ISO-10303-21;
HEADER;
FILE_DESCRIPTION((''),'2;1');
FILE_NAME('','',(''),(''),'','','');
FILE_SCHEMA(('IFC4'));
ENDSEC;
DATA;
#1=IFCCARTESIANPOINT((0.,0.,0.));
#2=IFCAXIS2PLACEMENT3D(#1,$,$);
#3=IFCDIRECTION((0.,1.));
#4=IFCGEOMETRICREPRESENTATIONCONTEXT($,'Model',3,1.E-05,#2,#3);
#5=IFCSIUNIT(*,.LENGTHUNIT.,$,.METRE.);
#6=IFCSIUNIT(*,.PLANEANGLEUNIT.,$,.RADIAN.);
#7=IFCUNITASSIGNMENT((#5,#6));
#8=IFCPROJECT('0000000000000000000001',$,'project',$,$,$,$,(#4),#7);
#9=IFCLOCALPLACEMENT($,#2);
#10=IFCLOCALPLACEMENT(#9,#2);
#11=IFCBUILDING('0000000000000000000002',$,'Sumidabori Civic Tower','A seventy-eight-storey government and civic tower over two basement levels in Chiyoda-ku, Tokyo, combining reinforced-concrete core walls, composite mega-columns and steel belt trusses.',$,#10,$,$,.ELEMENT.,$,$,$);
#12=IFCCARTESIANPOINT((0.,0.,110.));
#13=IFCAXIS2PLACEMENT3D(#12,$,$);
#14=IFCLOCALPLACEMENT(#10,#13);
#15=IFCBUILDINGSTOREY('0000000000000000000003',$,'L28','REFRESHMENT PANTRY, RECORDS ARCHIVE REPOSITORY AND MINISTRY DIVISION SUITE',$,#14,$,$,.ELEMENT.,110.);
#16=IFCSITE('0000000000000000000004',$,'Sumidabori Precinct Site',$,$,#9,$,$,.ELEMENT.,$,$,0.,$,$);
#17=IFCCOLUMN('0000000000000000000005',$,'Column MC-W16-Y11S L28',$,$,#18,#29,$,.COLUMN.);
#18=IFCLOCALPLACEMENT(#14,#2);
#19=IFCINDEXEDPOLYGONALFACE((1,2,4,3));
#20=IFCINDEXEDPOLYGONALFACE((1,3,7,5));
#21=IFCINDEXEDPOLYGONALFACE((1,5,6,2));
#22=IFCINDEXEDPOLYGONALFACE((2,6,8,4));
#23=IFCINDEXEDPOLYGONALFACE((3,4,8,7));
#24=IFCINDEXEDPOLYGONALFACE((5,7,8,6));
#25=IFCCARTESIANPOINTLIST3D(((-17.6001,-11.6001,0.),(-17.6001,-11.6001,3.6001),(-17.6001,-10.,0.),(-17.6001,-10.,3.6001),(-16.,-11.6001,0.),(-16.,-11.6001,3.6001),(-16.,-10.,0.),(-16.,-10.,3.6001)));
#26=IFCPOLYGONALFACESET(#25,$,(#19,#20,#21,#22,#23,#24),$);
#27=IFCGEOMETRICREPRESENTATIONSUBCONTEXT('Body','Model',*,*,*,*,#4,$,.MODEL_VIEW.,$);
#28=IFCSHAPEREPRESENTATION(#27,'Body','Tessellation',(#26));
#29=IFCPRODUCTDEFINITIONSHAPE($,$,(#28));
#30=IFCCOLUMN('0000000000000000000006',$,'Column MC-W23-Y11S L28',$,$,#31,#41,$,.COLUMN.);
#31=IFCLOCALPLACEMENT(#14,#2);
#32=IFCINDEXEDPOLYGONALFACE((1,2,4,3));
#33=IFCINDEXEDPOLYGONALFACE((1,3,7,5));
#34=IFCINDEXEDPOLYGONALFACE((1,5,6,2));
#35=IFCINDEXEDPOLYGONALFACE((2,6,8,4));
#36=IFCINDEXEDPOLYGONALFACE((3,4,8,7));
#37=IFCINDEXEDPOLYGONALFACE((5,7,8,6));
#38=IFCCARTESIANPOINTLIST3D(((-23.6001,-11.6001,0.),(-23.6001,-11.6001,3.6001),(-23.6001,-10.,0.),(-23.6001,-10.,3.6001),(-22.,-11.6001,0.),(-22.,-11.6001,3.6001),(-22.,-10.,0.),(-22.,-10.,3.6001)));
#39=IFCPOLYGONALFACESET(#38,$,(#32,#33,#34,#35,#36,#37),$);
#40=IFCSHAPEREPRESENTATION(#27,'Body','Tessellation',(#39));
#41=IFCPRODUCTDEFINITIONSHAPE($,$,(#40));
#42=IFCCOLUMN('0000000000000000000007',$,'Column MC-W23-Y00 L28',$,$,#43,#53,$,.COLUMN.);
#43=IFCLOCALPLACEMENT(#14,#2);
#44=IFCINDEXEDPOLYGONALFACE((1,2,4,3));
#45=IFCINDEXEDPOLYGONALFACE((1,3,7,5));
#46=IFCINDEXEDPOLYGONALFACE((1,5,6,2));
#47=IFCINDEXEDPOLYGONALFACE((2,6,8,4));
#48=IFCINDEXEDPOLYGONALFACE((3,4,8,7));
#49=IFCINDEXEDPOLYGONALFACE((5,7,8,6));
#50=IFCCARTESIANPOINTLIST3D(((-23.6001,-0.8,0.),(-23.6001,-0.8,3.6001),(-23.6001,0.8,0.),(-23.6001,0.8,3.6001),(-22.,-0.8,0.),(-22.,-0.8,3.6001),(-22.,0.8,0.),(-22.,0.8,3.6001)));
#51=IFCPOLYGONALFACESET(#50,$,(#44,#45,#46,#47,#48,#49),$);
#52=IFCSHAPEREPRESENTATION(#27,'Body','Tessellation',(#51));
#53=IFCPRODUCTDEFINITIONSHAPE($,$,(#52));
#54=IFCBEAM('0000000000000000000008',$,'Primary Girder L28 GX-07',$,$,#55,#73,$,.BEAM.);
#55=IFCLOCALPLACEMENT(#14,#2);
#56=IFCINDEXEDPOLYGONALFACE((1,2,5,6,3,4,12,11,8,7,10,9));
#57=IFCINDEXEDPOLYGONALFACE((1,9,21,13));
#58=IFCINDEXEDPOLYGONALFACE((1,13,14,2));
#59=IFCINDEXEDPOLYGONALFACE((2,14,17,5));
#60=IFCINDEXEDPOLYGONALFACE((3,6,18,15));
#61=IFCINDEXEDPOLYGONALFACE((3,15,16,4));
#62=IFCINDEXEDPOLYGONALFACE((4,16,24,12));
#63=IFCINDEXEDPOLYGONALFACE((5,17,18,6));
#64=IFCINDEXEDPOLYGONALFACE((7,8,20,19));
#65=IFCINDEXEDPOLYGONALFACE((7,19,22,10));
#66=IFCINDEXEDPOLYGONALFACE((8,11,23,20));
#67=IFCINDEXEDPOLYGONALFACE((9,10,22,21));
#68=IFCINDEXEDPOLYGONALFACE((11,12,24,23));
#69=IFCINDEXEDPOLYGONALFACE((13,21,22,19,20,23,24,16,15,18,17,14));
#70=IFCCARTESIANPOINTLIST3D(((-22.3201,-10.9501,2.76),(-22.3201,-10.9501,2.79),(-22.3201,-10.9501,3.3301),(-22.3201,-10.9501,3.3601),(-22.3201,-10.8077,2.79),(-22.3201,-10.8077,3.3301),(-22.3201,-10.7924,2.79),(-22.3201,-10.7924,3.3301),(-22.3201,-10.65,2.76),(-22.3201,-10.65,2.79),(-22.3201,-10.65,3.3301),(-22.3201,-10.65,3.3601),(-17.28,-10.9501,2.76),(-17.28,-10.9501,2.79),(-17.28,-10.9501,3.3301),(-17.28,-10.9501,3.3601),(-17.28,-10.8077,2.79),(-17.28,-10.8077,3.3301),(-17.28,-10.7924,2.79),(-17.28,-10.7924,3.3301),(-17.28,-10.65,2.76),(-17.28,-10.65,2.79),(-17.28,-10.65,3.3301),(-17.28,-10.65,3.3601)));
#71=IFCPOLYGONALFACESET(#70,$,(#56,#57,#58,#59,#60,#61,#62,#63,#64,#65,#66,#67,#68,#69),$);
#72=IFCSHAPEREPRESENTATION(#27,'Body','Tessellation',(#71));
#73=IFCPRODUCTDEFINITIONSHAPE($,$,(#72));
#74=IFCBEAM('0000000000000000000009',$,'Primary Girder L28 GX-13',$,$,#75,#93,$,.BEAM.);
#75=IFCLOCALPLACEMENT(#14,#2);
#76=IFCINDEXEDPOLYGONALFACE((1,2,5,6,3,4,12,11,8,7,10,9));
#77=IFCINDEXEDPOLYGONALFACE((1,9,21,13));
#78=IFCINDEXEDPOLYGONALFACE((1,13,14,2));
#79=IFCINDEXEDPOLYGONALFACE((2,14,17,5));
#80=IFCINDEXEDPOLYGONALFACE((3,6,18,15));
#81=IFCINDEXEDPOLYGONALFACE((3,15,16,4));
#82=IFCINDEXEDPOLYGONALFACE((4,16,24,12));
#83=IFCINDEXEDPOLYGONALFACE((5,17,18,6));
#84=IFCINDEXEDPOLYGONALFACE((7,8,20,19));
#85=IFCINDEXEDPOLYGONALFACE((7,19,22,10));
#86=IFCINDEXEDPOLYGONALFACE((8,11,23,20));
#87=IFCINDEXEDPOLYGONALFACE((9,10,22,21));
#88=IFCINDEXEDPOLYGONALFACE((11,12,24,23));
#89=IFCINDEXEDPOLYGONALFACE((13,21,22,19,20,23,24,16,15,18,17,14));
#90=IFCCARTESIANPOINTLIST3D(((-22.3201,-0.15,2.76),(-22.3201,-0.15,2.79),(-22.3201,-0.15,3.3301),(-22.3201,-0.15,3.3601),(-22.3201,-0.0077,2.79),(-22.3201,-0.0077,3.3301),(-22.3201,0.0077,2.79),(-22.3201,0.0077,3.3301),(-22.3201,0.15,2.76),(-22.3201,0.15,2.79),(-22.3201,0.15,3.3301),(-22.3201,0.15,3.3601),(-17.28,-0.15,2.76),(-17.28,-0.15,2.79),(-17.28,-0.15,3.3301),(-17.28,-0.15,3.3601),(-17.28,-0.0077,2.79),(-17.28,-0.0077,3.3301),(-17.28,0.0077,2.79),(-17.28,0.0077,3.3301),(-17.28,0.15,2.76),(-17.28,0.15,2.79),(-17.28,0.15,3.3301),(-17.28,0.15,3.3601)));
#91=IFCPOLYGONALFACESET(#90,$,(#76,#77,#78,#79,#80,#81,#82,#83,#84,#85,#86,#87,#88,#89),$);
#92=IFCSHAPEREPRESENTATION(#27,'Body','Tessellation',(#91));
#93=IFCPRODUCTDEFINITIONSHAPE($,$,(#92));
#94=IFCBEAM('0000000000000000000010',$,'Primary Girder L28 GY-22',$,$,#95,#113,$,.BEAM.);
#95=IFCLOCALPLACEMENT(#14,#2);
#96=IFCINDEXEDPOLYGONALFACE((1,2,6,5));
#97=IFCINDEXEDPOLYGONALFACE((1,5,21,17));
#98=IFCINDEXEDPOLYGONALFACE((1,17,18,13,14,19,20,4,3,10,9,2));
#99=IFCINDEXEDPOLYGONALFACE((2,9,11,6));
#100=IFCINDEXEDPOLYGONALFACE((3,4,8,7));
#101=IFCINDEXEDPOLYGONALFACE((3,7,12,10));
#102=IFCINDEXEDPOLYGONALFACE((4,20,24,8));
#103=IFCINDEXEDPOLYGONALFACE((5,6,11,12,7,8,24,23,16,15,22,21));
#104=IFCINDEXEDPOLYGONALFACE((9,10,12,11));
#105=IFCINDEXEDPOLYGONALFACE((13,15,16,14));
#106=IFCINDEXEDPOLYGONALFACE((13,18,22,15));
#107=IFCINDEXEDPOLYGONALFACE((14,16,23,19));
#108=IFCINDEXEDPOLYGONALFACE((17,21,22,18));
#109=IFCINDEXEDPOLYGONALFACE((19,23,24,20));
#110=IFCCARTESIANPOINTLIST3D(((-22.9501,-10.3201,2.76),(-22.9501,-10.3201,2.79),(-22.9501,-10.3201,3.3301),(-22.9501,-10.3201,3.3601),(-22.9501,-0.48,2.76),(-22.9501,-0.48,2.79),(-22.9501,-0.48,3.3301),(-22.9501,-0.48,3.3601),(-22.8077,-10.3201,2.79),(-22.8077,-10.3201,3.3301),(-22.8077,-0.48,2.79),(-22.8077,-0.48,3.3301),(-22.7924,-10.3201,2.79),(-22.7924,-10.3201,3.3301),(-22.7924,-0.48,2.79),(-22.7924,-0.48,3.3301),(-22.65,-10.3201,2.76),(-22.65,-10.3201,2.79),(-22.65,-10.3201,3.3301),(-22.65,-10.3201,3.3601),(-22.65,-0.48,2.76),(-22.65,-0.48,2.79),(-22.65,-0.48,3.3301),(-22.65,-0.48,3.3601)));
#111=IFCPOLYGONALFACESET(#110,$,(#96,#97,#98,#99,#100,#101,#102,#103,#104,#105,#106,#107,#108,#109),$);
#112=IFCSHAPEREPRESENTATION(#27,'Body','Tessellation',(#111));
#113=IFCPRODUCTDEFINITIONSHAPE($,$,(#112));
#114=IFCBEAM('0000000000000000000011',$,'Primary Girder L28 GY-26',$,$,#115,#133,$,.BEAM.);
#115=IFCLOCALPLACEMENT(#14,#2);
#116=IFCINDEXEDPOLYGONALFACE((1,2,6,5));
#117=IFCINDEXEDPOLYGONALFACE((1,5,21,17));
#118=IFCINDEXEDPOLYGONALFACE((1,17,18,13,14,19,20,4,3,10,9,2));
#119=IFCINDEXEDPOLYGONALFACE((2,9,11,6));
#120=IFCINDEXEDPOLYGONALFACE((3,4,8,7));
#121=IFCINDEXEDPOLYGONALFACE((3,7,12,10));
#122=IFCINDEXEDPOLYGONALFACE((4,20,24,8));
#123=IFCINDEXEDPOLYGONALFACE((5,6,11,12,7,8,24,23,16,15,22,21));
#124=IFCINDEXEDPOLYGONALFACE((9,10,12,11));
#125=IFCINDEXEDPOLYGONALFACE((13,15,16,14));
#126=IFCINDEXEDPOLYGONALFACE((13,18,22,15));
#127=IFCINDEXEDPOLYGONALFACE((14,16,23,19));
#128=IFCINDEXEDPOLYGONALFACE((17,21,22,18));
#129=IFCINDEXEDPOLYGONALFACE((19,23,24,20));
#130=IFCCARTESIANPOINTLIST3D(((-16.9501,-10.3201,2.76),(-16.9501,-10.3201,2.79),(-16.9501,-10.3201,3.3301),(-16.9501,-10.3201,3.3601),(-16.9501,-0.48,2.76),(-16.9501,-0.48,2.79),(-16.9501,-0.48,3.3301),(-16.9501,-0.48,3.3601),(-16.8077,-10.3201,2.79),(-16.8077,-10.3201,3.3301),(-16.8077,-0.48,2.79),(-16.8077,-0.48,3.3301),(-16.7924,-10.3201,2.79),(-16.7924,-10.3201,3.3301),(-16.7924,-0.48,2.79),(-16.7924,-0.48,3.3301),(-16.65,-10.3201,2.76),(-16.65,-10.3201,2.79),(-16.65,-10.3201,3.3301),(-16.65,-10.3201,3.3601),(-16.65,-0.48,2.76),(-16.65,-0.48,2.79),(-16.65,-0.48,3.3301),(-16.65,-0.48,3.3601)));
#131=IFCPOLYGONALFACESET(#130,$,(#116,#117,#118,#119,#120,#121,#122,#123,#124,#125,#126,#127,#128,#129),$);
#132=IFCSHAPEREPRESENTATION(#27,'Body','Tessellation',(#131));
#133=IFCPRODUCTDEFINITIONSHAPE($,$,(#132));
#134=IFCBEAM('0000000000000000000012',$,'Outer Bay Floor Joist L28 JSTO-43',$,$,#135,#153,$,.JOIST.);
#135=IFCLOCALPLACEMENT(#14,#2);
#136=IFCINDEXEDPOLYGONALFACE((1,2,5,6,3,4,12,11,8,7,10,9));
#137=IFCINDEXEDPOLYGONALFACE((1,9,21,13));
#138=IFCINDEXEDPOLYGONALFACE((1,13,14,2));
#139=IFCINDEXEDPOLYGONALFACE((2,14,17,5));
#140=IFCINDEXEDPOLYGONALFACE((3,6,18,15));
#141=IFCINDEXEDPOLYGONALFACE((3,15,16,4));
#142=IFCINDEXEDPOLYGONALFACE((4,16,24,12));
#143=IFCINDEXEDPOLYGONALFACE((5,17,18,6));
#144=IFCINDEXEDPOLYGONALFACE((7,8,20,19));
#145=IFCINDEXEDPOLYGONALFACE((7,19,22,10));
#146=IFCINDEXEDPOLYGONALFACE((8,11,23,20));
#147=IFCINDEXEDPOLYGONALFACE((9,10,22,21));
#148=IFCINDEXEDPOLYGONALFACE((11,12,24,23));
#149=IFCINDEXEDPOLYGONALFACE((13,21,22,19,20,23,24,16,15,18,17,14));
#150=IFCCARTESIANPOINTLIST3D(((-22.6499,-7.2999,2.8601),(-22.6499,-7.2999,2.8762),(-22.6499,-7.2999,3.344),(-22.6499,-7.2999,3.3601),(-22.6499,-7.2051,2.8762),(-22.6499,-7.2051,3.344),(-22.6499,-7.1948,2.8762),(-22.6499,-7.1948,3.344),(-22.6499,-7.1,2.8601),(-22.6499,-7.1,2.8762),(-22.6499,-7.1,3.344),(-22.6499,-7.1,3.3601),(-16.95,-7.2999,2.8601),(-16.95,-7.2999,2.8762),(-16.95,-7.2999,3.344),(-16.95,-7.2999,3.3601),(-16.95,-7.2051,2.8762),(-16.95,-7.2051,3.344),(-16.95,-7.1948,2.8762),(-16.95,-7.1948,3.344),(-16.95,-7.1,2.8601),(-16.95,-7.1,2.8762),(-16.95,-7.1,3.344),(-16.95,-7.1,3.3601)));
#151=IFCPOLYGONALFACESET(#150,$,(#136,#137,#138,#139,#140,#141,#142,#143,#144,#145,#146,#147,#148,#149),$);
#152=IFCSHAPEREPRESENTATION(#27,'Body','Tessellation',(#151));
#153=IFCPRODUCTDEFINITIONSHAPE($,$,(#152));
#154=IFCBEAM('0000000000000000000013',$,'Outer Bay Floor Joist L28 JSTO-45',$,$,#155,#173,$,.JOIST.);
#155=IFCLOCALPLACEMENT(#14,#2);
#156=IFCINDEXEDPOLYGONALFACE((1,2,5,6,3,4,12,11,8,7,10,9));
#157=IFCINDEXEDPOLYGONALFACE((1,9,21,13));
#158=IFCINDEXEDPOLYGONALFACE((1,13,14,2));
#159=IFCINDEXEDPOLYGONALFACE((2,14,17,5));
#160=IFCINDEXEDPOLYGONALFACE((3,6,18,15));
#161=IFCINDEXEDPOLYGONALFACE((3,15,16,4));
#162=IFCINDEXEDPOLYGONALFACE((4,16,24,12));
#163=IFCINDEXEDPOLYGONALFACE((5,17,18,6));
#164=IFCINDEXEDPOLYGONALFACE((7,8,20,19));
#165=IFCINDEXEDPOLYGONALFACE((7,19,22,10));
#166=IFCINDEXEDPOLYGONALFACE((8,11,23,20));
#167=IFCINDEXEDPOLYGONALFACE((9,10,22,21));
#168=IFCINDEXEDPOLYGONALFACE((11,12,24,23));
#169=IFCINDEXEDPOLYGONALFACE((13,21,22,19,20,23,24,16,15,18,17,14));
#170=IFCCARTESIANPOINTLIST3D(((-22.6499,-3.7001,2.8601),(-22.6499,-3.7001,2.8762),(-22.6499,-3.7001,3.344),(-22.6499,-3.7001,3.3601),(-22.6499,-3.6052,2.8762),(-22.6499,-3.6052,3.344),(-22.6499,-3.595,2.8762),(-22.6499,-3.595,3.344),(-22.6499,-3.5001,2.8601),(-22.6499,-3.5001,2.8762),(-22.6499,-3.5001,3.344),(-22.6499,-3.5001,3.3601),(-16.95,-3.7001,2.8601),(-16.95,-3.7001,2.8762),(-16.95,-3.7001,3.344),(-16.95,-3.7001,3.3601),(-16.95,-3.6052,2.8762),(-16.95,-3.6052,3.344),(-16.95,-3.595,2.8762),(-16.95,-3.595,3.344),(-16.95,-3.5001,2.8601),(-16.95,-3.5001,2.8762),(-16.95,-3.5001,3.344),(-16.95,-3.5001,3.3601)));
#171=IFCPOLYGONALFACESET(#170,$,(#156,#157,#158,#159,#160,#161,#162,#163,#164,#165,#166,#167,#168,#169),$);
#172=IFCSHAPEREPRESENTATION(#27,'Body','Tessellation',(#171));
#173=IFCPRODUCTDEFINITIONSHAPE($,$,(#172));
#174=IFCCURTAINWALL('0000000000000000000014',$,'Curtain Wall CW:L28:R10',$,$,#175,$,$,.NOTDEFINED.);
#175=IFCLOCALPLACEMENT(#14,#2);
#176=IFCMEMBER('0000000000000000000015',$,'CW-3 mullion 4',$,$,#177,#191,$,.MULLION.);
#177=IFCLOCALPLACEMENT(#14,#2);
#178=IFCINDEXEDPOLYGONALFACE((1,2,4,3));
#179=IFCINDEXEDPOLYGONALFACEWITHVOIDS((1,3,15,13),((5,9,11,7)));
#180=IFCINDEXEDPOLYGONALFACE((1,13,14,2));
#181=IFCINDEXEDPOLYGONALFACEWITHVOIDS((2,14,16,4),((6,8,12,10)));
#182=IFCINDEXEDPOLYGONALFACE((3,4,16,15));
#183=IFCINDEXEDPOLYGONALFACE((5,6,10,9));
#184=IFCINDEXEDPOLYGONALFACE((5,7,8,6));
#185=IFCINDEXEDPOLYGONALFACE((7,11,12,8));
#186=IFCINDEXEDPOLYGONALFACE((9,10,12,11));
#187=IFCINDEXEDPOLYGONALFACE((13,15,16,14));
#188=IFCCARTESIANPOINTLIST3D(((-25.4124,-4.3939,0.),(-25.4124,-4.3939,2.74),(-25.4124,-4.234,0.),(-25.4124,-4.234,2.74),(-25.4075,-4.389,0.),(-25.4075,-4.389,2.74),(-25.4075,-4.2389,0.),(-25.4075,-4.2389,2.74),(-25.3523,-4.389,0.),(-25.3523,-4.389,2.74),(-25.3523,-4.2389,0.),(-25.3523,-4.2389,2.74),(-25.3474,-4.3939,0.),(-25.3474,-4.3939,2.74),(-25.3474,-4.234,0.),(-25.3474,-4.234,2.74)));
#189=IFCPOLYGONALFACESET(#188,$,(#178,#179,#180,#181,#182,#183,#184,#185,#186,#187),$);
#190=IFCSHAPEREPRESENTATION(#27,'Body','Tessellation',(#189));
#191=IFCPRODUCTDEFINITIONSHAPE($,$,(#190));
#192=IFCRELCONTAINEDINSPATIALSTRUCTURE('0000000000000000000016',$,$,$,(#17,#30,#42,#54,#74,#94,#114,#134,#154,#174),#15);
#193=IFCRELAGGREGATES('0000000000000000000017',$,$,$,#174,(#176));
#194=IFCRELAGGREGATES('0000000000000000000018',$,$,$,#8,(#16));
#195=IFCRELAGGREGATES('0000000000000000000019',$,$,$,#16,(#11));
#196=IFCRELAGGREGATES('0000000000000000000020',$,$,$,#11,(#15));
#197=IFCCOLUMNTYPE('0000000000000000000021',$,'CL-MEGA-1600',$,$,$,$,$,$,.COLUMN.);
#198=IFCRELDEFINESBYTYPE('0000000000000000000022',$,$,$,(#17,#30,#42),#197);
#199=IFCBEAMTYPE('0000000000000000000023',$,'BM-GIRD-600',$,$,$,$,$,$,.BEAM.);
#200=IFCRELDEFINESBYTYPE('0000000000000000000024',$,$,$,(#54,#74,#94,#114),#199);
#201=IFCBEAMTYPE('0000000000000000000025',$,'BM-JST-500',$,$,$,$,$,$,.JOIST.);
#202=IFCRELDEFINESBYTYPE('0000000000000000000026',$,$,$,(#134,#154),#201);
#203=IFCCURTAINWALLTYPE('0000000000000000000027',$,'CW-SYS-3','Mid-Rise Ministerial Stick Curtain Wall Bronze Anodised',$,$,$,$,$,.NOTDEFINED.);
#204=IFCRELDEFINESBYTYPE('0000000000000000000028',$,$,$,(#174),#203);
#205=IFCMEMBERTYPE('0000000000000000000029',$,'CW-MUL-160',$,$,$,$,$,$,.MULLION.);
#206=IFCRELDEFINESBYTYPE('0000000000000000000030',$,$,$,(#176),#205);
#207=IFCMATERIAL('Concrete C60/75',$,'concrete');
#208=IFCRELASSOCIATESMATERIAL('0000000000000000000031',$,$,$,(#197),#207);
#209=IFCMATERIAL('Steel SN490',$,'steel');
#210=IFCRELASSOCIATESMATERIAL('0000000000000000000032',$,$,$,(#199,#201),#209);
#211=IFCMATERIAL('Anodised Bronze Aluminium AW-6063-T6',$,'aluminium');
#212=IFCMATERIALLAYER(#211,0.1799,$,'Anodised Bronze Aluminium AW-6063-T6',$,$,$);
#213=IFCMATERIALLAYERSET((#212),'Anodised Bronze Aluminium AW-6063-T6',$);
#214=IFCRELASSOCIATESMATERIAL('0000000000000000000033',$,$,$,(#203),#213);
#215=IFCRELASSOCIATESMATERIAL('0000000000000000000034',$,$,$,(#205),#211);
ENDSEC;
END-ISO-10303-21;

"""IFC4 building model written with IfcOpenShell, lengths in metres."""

from ifc_helpers import new_model, si_unit, direction, frame, origin, origin_2d, place, context, subcontext, project, spatial, rectangle, hollow_rectangle, i_section, extrude, source, transform, mapped, material, layer, layer_set, material_profile, profile_set, type_object, element, aggregate, save


model = new_model("IFC4")

# Units and contexts
model_context = context("Model", 3, precision=1e-05, world=origin(), true_north=direction((0.0, 1.0)))
body_context = subcontext(model_context, "Body", "Model", "MODEL_VIEW")
ifc_project = project(units=[si_unit("LENGTHUNIT", "METRE"), si_unit("PLANEANGLEUNIT", "RADIAN")], contexts=[model_context])

# Site, building, storey
site_placement = place(None, origin())
site = spatial("IfcSite", under=ifc_project, at=site_placement, Name="Sumidabori Precinct Site", CompositionType="ELEMENT", RefElevation=0.0)
building_placement = place(site_placement, origin())
building = spatial("IfcBuilding", under=site, at=building_placement, Name="Sumidabori Civic Tower", Description="A seventy-eight-storey government and civic tower over two basement levels in Chiyoda-ku, Tokyo, combining reinforced-concrete core walls, composite mega-columns and steel belt trusses.", CompositionType="ELEMENT")
storey_placement = place(building_placement, frame((0.0, 0.0, 110.0)))
storey = spatial("IfcBuildingStorey", under=building, at=storey_placement, Name="L28", Description="REFRESHMENT PANTRY, RECORDS ARCHIVE REPOSITORY AND MINISTRY DIVISION SUITE", CompositionType="ELEMENT", Elevation=110.0)

# Columns
ifc_material_1 = material(Name="Concrete C60/75", Category="concrete")
ifc_material_profile_1 = material_profile(ifc_material_1, rectangle(XDim=1.6001, YDim=1.6001, at=origin_2d()), Name="RC 1600x1600")
ifc_profile_set_1 = profile_set([ifc_material_profile_1], Name="Concrete C60/75")
column_type = type_object("IfcColumnType", Name="CL-MEGA-1600", PredefinedType="COLUMN", material=ifc_profile_set_1)
shared_shape_1 = source(origin(), body_context, "Body", "SweptSolid", [
    extrude(rectangle(XDim=1.6001, YDim=1.6001, at=origin_2d()), origin(), (0.0, 0.0, 1.0), 3.6001),
])
for number, where, z_axis, x_axis, name in (
    (1, (-16.8, -10.8, 0.0), (0.0, 0.0, 1.0), (1.0, 0.0, 0.0), "Column MC-W16-Y11S L28"),
    (2, (-22.8, -10.8, 0.0), (0.0, 0.0, 1.0), (1.0, 0.0, 0.0), "Column MC-W23-Y11S L28"),
    (3, (-22.8, 0.0, 0.0), (0.0, 0.0, 1.0), (1.0, 0.0, 0.0), "Column MC-W23-Y00 L28"),
):
    element("IfcColumn", number, at=place(storey_placement, frame(where, z_axis=z_axis, x_axis=x_axis)), inside=storey, type_object=column_type, Name=name, PredefinedType="COLUMN", context=body_context, shape_type="MappedRepresentation", body=[
        mapped(shared_shape_1, transform((0.0, 0.0, 0.0), x_axis=(1.0, 0.0, 0.0), y_axis=(0.0, 1.0, 0.0), z_axis=(0.0, 0.0, 1.0), scale=1.0)),
    ])

# Beams
ifc_material_2 = material(Name="Steel SN490", Category="steel")
ifc_material_profile_2 = material_profile(ifc_material_2, i_section(OverallWidth=0.3, OverallDepth=0.6001, WebThickness=0.0154, FlangeThickness=0.03, at=origin_2d()), Name="HE 600 B")
ifc_profile_set_2 = profile_set([ifc_material_profile_2], Name="Steel SN490")
beam_type_1 = type_object("IfcBeamType", Name="BM-GIRD-600", PredefinedType="BEAM", material=ifc_profile_set_2)
shared_shape_2 = source(origin(), body_context, "Body", "SweptSolid", [
    extrude(i_section(OverallWidth=0.3, OverallDepth=0.6001, WebThickness=0.0154, FlangeThickness=0.03, at=origin_2d()), origin(), (0.0, 0.0, 1.0), 5.04),
])
for number, where, z_axis, x_axis, name in (
    (4, (-22.3201, -10.8, 3.0601), (1.0, 0.0, 0.0), (0.0, 1.0, 0.0), "Primary Girder L28 GX-07"),
    (5, (-22.3201, 0.0, 3.0601), (1.0, 0.0, 0.0), (0.0, 1.0, 0.0), "Primary Girder L28 GX-13"),
):
    element("IfcBeam", number, at=place(storey_placement, frame(where, z_axis=z_axis, x_axis=x_axis)), inside=storey, type_object=beam_type_1, Name=name, PredefinedType="BEAM", context=body_context, shape_type="MappedRepresentation", body=[
        mapped(shared_shape_2, transform((0.0, 0.0, 0.0), x_axis=(1.0, 0.0, 0.0), y_axis=(0.0, 1.0, 0.0), z_axis=(0.0, 0.0, 1.0), scale=1.0)),
    ])
shared_shape_3 = source(origin(), body_context, "Body", "SweptSolid", [
    extrude(i_section(OverallWidth=0.3, OverallDepth=0.6001, WebThickness=0.0154, FlangeThickness=0.03, at=origin_2d()), origin(), (0.0, 0.0, 1.0), 9.8401),
])
for number, where, z_axis, x_axis, name in (
    (6, (-22.8, -10.3201, 3.0601), (0.0, 1.0, 0.0), (-1.0, 0.0, 0.0), "Primary Girder L28 GY-22"),
    (7, (-16.8, -10.3201, 3.0601), (0.0, 1.0, 0.0), (-1.0, 0.0, 0.0), "Primary Girder L28 GY-26"),
):
    element("IfcBeam", number, at=place(storey_placement, frame(where, z_axis=z_axis, x_axis=x_axis)), inside=storey, type_object=beam_type_1, Name=name, PredefinedType="BEAM", context=body_context, shape_type="MappedRepresentation", body=[
        mapped(shared_shape_3, transform((0.0, 0.0, 0.0), x_axis=(1.0, 0.0, 0.0), y_axis=(0.0, 1.0, 0.0), z_axis=(0.0, 0.0, 1.0), scale=1.0)),
    ])
ifc_material_profile_3 = material_profile(ifc_material_2, i_section(OverallWidth=0.2, OverallDepth=0.5, WebThickness=0.0103, FlangeThickness=0.0161, at=origin_2d()), Name="IPE 500")
ifc_profile_set_3 = profile_set([ifc_material_profile_3], Name="Steel SN490")
beam_type_2 = type_object("IfcBeamType", Name="BM-JST-500", PredefinedType="JOIST", material=ifc_profile_set_3)
shared_shape_4 = source(origin(), body_context, "Body", "SweptSolid", [
    extrude(i_section(OverallWidth=0.2, OverallDepth=0.5, WebThickness=0.0103, FlangeThickness=0.0161, at=origin_2d()), origin(), (0.0, 0.0, 1.0), 5.7),
])
for number, where, z_axis, x_axis, name in (
    (8, (-22.6499, -7.2, 3.1101), (1.0, 0.0, 0.0), (0.0, 1.0, 0.0), "Outer Bay Floor Joist L28 JSTO-43"),
    (9, (-22.6499, -3.6001, 3.1101), (1.0, 0.0, 0.0), (0.0, 1.0, 0.0), "Outer Bay Floor Joist L28 JSTO-45"),
):
    element("IfcBeam", number, at=place(storey_placement, frame(where, z_axis=z_axis, x_axis=x_axis)), inside=storey, type_object=beam_type_2, Name=name, PredefinedType="JOIST", context=body_context, shape_type="MappedRepresentation", body=[
        mapped(shared_shape_4, transform((0.0, 0.0, 0.0), x_axis=(1.0, 0.0, 0.0), y_axis=(0.0, 1.0, 0.0), z_axis=(0.0, 0.0, 1.0), scale=1.0)),
    ])

# Curtain wall, member
ifc_material_3 = material(Name="Anodised Bronze Aluminium AW-6063-T6", Category="aluminium")
ifc_layer_1 = layer(ifc_material_3, 0.1799, Name="Anodised Bronze Aluminium AW-6063-T6")
ifc_layer_set_1 = layer_set([ifc_layer_1], Name="Anodised Bronze Aluminium AW-6063-T6")
curtain_wall_type = type_object("IfcCurtainWallType", Name="CW-SYS-3", Description="Mid-Rise Ministerial Stick Curtain Wall Bronze Anodised", PredefinedType="NOTDEFINED", material=ifc_layer_set_1)
curtain_wall_placement = place(storey_placement, origin())
curtain_wall = element("IfcCurtainWall", 10, at=curtain_wall_placement, inside=storey, type_object=curtain_wall_type, Name="Curtain Wall CW:L28:R10", PredefinedType="NOTDEFINED")
ifc_material_profile_4 = material_profile(ifc_material_3, hollow_rectangle(XDim=0.0649, YDim=0.1599, WallThickness=0.0049, at=origin_2d()), Name="ALU MULLION 160x65")
ifc_profile_set_4 = profile_set([ifc_material_profile_4], Name="Anodised Bronze Aluminium AW-6063-T6")
member_type_1 = type_object("IfcMemberType", Name="CW-MUL-160", PredefinedType="MULLION", material=ifc_profile_set_4)
shared_shape_5 = source(origin(), body_context, "Body", "SweptSolid", [
    extrude(hollow_rectangle(XDim=0.0649, YDim=0.1599, WallThickness=0.0049, at=origin_2d()), origin(), (0.0, 0.0, 1.0), 2.74),
])
member_1_placement = place(storey_placement, frame((-25.3799, -4.314, 0.0), z_axis=(0.0, 0.0, 1.0), x_axis=(1.0, 0.0, 0.0)))
member_1 = element("IfcMember", 11, at=member_1_placement, type_object=member_type_1, Name="CW-3 mullion 4", PredefinedType="MULLION", context=body_context, shape_type="MappedRepresentation", body=[
    mapped(shared_shape_5, transform((0.0, 0.0, 0.0), x_axis=(1.0, 0.0, 0.0), y_axis=(0.0, 1.0, 0.0), z_axis=(0.0, 0.0, 1.0), scale=1.0)),
])
aggregate(curtain_wall, [member_1])

save(model, "model.ifc")
